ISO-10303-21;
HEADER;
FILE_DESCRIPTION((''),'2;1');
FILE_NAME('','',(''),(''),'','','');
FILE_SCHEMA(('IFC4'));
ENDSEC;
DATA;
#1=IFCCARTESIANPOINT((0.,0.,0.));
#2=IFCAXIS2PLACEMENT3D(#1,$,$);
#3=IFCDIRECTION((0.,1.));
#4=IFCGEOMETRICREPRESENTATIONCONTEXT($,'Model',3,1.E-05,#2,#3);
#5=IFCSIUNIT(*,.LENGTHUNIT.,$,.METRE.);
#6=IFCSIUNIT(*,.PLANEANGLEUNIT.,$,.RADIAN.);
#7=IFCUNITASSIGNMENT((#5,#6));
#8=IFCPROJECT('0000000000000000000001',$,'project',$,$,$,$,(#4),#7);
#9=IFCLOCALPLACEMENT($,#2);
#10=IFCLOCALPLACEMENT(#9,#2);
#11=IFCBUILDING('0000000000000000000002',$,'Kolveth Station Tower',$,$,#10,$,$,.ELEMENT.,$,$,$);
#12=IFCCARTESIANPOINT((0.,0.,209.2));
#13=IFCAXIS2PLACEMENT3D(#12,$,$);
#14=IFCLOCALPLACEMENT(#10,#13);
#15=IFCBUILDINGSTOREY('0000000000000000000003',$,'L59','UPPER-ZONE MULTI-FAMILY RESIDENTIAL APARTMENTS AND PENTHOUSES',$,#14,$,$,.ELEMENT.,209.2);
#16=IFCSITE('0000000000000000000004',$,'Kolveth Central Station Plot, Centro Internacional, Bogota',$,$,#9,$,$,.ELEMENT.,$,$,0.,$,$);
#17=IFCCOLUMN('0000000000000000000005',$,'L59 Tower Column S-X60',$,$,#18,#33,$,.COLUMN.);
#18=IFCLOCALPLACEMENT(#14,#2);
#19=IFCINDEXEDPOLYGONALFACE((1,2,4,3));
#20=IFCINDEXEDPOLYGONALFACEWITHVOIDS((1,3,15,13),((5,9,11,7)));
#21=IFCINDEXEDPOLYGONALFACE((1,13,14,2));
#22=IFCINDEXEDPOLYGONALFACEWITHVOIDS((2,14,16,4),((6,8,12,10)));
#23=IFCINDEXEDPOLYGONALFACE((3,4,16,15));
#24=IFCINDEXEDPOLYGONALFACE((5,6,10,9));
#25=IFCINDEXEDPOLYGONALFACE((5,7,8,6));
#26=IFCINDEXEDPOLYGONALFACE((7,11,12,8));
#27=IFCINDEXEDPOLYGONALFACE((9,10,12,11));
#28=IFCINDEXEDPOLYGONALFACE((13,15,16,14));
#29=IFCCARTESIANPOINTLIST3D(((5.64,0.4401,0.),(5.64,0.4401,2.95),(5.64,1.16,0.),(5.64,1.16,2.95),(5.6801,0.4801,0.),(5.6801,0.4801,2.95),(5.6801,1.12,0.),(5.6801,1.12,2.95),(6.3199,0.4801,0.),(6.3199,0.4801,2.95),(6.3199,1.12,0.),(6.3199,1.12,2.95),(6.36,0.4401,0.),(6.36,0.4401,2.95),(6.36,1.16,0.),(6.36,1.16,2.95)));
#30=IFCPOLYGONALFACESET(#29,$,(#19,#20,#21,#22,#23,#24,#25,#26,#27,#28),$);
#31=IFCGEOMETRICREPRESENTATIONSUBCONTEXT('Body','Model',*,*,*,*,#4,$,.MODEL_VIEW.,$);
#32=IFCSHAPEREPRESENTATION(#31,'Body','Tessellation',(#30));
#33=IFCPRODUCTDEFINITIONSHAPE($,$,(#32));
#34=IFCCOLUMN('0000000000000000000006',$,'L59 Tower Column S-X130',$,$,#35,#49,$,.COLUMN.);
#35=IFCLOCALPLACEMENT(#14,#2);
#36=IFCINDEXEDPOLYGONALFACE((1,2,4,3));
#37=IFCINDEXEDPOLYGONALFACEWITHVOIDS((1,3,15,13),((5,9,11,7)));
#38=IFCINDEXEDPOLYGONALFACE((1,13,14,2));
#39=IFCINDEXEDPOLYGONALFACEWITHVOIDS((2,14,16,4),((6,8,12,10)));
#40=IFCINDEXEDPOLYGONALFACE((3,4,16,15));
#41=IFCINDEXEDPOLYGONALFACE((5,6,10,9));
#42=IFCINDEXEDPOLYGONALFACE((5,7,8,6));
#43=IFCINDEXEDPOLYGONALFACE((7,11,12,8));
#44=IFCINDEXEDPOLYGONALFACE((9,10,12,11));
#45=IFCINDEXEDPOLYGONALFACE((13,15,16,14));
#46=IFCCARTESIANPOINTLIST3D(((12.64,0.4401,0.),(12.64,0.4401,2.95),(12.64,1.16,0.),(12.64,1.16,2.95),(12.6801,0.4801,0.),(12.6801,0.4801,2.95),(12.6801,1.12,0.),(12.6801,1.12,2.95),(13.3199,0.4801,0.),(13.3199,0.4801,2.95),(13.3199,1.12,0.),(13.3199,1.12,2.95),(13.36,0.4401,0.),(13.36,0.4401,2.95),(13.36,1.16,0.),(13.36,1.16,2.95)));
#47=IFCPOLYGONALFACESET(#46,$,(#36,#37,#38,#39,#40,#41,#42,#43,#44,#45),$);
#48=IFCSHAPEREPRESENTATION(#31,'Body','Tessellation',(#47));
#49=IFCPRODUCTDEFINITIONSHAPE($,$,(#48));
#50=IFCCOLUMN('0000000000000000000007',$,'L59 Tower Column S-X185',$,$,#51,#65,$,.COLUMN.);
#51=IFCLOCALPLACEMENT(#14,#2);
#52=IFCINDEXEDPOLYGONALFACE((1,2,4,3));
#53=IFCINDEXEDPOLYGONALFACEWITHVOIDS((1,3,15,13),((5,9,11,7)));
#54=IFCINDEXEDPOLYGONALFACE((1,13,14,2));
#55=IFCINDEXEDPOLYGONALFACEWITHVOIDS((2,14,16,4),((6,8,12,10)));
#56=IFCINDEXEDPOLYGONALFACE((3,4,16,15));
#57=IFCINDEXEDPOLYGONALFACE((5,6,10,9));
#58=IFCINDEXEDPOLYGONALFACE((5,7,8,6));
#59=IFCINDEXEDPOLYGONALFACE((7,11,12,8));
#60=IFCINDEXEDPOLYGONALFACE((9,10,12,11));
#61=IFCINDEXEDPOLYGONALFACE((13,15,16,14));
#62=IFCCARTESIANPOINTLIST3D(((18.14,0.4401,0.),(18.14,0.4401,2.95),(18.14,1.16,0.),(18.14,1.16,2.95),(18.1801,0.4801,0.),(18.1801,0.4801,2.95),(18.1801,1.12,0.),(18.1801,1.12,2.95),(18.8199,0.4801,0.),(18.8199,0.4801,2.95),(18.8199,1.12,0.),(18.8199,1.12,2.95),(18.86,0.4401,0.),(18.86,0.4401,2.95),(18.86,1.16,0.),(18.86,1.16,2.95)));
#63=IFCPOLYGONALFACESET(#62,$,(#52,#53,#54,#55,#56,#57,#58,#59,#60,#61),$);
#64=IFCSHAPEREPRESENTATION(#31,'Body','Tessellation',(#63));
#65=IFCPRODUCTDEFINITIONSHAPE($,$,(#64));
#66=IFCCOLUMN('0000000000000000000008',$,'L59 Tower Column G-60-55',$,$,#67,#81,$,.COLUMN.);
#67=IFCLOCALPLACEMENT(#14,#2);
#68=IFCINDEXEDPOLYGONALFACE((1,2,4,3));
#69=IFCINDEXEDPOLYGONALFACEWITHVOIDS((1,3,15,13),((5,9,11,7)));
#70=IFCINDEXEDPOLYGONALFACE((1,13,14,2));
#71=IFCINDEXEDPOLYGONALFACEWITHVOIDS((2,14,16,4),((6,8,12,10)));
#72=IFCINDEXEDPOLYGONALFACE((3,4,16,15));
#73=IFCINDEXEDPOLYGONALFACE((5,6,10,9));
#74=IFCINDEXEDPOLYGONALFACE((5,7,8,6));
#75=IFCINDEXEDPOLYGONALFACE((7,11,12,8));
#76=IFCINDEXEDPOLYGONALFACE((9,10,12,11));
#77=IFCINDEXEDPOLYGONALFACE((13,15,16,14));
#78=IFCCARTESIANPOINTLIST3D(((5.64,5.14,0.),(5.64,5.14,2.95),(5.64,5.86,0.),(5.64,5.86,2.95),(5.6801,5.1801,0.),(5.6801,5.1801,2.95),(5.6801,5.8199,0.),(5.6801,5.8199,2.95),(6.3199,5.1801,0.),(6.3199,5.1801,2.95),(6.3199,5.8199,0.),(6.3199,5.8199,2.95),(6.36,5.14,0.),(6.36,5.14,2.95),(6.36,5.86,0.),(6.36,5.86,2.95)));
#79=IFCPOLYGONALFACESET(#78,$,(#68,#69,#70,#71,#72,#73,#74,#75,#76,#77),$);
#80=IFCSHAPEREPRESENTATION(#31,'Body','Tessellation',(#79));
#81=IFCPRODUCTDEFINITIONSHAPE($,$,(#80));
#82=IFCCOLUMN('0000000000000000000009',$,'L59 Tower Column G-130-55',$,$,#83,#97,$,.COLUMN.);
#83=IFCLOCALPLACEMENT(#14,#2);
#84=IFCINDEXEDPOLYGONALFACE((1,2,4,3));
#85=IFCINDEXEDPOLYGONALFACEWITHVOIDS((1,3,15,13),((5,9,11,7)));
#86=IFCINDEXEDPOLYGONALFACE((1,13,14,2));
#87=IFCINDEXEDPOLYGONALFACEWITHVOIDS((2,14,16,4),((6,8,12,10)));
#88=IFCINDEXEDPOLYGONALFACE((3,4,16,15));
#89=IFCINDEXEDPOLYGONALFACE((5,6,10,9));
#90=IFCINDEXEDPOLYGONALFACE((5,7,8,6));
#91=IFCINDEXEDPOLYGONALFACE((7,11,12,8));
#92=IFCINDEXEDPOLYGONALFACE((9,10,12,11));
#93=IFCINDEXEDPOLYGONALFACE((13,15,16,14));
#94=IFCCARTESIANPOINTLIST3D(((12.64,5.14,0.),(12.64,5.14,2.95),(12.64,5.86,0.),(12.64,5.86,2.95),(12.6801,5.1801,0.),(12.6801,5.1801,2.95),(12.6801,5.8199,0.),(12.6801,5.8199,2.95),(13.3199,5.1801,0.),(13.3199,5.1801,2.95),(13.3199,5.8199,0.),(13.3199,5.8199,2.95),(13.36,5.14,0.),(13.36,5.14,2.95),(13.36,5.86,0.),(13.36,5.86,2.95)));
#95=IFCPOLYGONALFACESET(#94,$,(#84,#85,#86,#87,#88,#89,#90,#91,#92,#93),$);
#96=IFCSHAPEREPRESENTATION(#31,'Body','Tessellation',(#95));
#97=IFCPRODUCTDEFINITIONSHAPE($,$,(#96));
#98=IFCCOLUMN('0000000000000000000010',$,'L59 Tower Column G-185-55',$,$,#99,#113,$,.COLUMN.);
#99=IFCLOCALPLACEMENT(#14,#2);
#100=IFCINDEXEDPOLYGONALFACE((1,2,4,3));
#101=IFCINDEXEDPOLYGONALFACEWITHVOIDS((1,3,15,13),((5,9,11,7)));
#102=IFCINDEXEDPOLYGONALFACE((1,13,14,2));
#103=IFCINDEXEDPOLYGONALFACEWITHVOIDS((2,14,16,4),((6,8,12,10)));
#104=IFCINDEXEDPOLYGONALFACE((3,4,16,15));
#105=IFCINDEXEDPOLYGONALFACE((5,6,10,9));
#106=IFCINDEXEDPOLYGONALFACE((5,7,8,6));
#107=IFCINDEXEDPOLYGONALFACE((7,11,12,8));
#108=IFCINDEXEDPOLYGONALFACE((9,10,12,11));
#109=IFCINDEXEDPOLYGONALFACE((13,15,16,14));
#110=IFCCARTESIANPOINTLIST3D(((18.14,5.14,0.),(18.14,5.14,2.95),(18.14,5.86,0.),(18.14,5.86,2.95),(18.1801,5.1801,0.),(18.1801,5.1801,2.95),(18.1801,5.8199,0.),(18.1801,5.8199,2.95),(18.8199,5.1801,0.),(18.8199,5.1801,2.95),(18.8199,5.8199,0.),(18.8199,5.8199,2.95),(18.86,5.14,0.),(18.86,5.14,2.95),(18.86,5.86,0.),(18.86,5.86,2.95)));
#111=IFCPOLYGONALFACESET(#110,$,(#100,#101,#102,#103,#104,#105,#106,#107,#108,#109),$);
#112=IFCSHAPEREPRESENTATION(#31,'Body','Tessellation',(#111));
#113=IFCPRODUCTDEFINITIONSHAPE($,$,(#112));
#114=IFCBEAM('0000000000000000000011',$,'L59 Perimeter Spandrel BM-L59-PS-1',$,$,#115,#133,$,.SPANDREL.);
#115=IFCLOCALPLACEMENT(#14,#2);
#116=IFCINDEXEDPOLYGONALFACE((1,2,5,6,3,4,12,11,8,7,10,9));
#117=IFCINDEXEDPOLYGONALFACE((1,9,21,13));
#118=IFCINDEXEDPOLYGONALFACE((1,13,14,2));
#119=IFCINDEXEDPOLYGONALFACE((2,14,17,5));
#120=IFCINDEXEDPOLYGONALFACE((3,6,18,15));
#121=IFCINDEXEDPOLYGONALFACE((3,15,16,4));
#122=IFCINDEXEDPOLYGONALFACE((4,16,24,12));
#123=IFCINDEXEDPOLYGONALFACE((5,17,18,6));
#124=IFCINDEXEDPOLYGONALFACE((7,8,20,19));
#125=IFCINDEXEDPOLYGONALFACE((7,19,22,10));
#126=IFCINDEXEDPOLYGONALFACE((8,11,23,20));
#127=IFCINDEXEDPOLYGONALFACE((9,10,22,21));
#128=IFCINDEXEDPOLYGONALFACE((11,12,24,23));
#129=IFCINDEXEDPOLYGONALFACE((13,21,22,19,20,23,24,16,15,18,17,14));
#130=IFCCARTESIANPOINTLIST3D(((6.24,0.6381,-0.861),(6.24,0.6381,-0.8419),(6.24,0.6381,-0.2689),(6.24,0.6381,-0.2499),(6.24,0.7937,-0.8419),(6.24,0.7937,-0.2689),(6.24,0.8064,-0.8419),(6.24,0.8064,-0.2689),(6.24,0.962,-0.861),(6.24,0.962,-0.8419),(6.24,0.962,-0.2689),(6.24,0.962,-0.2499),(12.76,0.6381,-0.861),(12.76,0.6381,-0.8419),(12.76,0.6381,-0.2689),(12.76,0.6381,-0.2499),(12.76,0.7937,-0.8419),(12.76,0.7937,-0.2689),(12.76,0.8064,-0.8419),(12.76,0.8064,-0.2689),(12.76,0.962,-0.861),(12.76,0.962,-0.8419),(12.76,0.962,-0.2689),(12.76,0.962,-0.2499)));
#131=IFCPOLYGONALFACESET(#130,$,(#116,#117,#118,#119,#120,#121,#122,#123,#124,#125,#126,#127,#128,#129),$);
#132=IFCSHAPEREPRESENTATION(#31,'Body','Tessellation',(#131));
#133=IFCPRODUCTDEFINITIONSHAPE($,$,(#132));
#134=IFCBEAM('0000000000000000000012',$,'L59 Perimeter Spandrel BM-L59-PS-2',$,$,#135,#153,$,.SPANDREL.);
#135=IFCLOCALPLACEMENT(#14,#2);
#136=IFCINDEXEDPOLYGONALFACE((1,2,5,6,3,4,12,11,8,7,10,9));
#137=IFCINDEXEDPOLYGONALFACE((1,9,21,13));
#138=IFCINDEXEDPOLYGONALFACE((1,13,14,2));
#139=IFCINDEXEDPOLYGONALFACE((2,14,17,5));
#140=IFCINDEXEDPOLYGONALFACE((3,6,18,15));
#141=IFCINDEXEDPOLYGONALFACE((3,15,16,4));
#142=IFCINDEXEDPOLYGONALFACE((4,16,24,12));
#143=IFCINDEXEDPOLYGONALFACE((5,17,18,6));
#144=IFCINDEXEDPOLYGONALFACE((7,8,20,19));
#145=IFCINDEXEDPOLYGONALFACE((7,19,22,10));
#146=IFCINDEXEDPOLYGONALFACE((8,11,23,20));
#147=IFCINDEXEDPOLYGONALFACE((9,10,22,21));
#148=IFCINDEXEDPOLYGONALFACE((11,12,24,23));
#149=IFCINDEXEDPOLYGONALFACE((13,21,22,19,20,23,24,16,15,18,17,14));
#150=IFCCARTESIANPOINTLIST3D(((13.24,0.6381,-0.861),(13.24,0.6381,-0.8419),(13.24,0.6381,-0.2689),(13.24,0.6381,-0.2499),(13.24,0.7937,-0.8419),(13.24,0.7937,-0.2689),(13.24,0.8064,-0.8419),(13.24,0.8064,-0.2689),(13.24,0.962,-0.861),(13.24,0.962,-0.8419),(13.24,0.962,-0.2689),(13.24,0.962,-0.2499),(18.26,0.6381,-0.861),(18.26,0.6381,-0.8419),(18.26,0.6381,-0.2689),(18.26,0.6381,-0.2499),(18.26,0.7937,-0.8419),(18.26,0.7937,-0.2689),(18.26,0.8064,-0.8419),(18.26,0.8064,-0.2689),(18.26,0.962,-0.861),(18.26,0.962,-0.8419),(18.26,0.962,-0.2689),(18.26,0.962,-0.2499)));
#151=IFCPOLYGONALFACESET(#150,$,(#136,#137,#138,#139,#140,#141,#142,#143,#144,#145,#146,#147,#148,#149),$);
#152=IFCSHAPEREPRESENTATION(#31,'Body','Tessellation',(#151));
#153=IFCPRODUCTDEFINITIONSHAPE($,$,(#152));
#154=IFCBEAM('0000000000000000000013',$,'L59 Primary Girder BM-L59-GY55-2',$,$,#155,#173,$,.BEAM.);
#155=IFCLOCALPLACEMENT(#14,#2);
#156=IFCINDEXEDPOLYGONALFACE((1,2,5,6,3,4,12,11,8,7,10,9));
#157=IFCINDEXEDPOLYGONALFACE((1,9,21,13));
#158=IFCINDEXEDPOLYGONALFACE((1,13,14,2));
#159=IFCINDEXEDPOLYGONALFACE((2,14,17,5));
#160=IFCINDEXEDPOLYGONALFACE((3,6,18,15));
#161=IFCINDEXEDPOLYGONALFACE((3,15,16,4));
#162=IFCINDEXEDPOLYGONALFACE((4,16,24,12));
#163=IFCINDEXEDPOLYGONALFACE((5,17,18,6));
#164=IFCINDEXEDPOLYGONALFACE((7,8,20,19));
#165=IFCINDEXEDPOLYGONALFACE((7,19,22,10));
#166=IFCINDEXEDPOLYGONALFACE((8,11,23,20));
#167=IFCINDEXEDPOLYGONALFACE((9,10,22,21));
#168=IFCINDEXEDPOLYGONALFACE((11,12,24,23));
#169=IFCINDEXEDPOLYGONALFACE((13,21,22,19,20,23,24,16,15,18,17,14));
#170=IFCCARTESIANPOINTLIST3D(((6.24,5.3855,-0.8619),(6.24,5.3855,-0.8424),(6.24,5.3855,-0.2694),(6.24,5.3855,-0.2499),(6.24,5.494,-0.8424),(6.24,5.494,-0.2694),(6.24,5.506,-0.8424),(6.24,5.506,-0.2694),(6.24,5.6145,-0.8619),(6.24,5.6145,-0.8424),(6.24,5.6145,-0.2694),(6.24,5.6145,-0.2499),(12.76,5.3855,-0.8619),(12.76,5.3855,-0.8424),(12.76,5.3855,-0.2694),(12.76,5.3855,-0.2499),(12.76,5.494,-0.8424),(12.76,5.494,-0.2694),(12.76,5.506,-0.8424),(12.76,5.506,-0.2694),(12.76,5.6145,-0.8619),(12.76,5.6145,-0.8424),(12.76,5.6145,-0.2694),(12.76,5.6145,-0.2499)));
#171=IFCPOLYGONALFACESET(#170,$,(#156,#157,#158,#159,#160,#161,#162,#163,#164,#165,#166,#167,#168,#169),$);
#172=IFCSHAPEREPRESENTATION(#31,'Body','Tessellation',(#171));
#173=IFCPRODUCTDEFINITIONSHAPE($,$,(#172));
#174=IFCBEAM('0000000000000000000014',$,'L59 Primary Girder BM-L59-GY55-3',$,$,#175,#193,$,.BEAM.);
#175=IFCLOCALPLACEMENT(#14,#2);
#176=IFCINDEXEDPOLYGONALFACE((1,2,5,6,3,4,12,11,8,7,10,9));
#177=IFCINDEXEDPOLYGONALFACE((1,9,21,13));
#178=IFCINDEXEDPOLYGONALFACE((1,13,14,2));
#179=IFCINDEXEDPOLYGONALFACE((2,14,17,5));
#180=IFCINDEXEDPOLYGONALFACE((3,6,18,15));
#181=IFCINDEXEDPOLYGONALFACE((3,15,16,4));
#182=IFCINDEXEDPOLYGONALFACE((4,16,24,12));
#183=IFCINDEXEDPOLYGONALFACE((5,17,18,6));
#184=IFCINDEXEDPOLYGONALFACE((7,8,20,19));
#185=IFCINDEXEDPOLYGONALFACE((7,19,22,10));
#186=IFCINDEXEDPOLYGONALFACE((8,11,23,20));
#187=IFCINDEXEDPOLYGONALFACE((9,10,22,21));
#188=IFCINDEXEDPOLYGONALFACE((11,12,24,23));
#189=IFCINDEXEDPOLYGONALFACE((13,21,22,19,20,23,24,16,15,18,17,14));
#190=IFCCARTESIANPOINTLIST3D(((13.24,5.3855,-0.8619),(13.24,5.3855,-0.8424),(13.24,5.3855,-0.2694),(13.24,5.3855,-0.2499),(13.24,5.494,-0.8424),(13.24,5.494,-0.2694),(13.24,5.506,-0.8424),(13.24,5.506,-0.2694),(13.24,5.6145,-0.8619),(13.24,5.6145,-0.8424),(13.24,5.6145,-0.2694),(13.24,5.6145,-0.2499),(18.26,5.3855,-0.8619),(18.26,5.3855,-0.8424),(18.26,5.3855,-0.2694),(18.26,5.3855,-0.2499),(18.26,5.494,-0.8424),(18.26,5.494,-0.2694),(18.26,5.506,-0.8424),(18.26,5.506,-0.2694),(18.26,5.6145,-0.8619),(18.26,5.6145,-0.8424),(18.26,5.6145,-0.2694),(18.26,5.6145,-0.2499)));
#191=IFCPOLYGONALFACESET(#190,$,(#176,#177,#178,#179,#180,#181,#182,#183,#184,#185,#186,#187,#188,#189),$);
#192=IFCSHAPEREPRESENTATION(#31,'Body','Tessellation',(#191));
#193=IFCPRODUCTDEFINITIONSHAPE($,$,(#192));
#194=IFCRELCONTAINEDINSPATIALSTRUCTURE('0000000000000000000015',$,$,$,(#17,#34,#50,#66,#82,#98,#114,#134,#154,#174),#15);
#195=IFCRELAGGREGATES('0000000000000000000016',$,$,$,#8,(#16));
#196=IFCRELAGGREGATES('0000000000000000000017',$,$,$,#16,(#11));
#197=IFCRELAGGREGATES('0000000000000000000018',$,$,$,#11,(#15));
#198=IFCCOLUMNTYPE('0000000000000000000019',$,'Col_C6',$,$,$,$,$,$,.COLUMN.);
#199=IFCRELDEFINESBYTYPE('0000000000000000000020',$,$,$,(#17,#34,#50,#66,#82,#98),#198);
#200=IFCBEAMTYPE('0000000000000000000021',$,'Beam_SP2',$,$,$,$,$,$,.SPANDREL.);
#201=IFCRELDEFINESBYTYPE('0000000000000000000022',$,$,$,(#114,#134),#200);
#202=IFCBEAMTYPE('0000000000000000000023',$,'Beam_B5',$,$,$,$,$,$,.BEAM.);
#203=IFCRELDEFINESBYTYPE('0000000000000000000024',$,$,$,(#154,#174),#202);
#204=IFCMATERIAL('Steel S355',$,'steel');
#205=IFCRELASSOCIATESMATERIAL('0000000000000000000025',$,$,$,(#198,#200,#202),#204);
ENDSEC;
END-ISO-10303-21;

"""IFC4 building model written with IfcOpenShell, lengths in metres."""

from ifc_helpers import new_model, si_unit, direction, frame, origin, origin_2d, place, context, subcontext, project, spatial, hollow_rectangle, i_section, extrude, source, transform, mapped, material, material_profile, profile_set, type_object, element, save


model = new_model("IFC4")

# Units and contexts
model_context = context("Model", 3, precision=1e-05, world=origin(), true_north=direction((0.0, 1.0)))
body_context = subcontext(model_context, "Body", "Model", "MODEL_VIEW")
ifc_project = project(units=[si_unit("LENGTHUNIT", "METRE"), si_unit("PLANEANGLEUNIT", "RADIAN")], contexts=[model_context])

# Site, building, storey
site_placement = place(None, origin())
site = spatial("IfcSite", under=ifc_project, at=site_placement, Name="Kolveth Central Station Plot, Centro Internacional, Bogota", CompositionType="ELEMENT", RefElevation=0.0)
building_placement = place(site_placement, origin())
building = spatial("IfcBuilding", under=site, at=building_placement, Name="Kolveth Station Tower", CompositionType="ELEMENT")
storey_placement = place(building_placement, frame((0.0, 0.0, 209.2)))
storey = spatial("IfcBuildingStorey", under=building, at=storey_placement, Name="L59", Description="UPPER-ZONE MULTI-FAMILY RESIDENTIAL APARTMENTS AND PENTHOUSES", CompositionType="ELEMENT", Elevation=209.2)

# Columns
ifc_material_1 = material(Name="Steel S355", Category="steel")
ifc_material_profile_1 = material_profile(ifc_material_1, hollow_rectangle(XDim=0.72, YDim=0.72, WallThickness=0.04, at=origin_2d()), Name="BOX720x720x40")
ifc_profile_set_1 = profile_set([ifc_material_profile_1], Name="Steel S355")
column_type = type_object("IfcColumnType", Name="Col_C6", PredefinedType="COLUMN", material=ifc_profile_set_1)
shared_shape_1 = source(origin(), body_context, "Body", "SweptSolid", [
    extrude(hollow_rectangle(XDim=0.72, YDim=0.72, WallThickness=0.04, at=origin_2d()), origin(), (0.0, 0.0, 1.0), 2.95),
])
for number, where, z_axis, x_axis, name in (
    (1, (6.0, 0.8, 0.0), (0.0, 0.0, 1.0), (1.0, 0.0, 0.0), "L59 Tower Column S-X60"),
    (2, (13.0, 0.8, 0.0), (0.0, 0.0, 1.0), (1.0, 0.0, 0.0), "L59 Tower Column S-X130"),
    (3, (18.5, 0.8, 0.0), (0.0, 0.0, 1.0), (1.0, 0.0, 0.0), "L59 Tower Column S-X185"),
    (4, (6.0, 5.5, 0.0), (0.0, 0.0, 1.0), (1.0, 0.0, 0.0), "L59 Tower Column G-60-55"),
    (5, (13.0, 5.5, 0.0), (0.0, 0.0, 1.0), (1.0, 0.0, 0.0), "L59 Tower Column G-130-55"),
    (6, (18.5, 5.5, 0.0), (0.0, 0.0, 1.0), (1.0, 0.0, 0.0), "L59 Tower Column G-185-55"),
):
    element("IfcColumn", number, at=place(storey_placement, frame(where, z_axis=z_axis, x_axis=x_axis)), inside=storey, type_object=column_type, Name=name, PredefinedType="COLUMN", context=body_context, shape_type="MappedRepresentation", body=[
        mapped(shared_shape_1, transform((0.0, 0.0, 0.0), x_axis=(1.0, 0.0, 0.0), y_axis=(0.0, 1.0, 0.0), z_axis=(0.0, 0.0, 1.0), scale=1.0)),
    ])

# Beams
ifc_material_profile_2 = material_profile(ifc_material_1, i_section(OverallWidth=0.324, OverallDepth=0.6111, WebThickness=0.0127, FlangeThickness=0.019, at=origin_2d()), Name="W610x155")
ifc_profile_set_2 = profile_set([ifc_material_profile_2], Name="Steel S355")
beam_type_1 = type_object("IfcBeamType", Name="Beam_SP2", PredefinedType="SPANDREL", material=ifc_profile_set_2)
shared_shape_2 = source(origin(), body_context, "Body", "SweptSolid", [
    extrude(i_section(OverallWidth=0.324, OverallDepth=0.6111, WebThickness=0.0127, FlangeThickness=0.019, at=origin_2d()), origin(), (0.0, 0.0, 1.0), 6.52),
])
beam_1_placement = place(storey_placement, frame((6.24, 0.8, -0.5554), z_axis=(1.0, 0.0, 0.0), x_axis=(0.0, 1.0, 0.0)))
element("IfcBeam", 7, at=beam_1_placement, inside=storey, type_object=beam_type_1, Name="L59 Perimeter Spandrel BM-L59-PS-1", PredefinedType="SPANDREL", context=body_context, shape_type="MappedRepresentation", body=[
    mapped(shared_shape_2, transform((0.0, 0.0, 0.0), x_axis=(1.0, 0.0, 0.0), y_axis=(0.0, 1.0, 0.0), z_axis=(0.0, 0.0, 1.0), scale=1.0)),
])
shared_shape_3 = source(origin(), body_context, "Body", "SweptSolid", [
    extrude(i_section(OverallWidth=0.324, OverallDepth=0.6111, WebThickness=0.0127, FlangeThickness=0.019, at=origin_2d()), origin(), (0.0, 0.0, 1.0), 5.02),
])
beam_2_placement = place(storey_placement, frame((13.24, 0.8, -0.5554), z_axis=(1.0, 0.0, 0.0), x_axis=(0.0, 1.0, 0.0)))
element("IfcBeam", 8, at=beam_2_placement, inside=storey, type_object=beam_type_1, Name="L59 Perimeter Spandrel BM-L59-PS-2", PredefinedType="SPANDREL", context=body_context, shape_type="MappedRepresentation", body=[
    mapped(shared_shape_3, transform((0.0, 0.0, 0.0), x_axis=(1.0, 0.0, 0.0), y_axis=(0.0, 1.0, 0.0), z_axis=(0.0, 0.0, 1.0), scale=1.0)),
])
ifc_material_profile_3 = material_profile(ifc_material_1, i_section(OverallWidth=0.229, OverallDepth=0.6121, WebThickness=0.012, FlangeThickness=0.0195, at=origin_2d()), Name="W610x125")
ifc_profile_set_3 = profile_set([ifc_material_profile_3], Name="Steel S355")
beam_type_2 = type_object("IfcBeamType", Name="Beam_B5", PredefinedType="BEAM", material=ifc_profile_set_3)
shared_shape_4 = source(origin(), body_context, "Body", "SweptSolid", [
    extrude(i_section(OverallWidth=0.229, OverallDepth=0.6121, WebThickness=0.012, FlangeThickness=0.0195, at=origin_2d()), origin(), (0.0, 0.0, 1.0), 6.52),
])
beam_3_placement = place(storey_placement, frame((6.24, 5.5, -0.5559), z_axis=(1.0, 0.0, 0.0), x_axis=(0.0, 1.0, 0.0)))
element("IfcBeam", 9, at=beam_3_placement, inside=storey, type_object=beam_type_2, Name="L59 Primary Girder BM-L59-GY55-2", PredefinedType="BEAM", context=body_context, shape_type="MappedRepresentation", body=[
    mapped(shared_shape_4, transform((0.0, 0.0, 0.0), x_axis=(1.0, 0.0, 0.0), y_axis=(0.0, 1.0, 0.0), z_axis=(0.0, 0.0, 1.0), scale=1.0)),
])
shared_shape_5 = source(origin(), body_context, "Body", "SweptSolid", [
    extrude(i_section(OverallWidth=0.229, OverallDepth=0.6121, WebThickness=0.012, FlangeThickness=0.0195, at=origin_2d()), origin(), (0.0, 0.0, 1.0), 5.02),
])
beam_4_placement = place(storey_placement, frame((13.24, 5.5, -0.5559), z_axis=(1.0, 0.0, 0.0), x_axis=(0.0, 1.0, 0.0)))
element("IfcBeam", 10, at=beam_4_placement, inside=storey, type_object=beam_type_2, Name="L59 Primary Girder BM-L59-GY55-3", PredefinedType="BEAM", context=body_context, shape_type="MappedRepresentation", body=[
    mapped(shared_shape_5, transform((0.0, 0.0, 0.0), x_axis=(1.0, 0.0, 0.0), y_axis=(0.0, 1.0, 0.0), z_axis=(0.0, 0.0, 1.0), scale=1.0)),
])

save(model, "model.ifc")
